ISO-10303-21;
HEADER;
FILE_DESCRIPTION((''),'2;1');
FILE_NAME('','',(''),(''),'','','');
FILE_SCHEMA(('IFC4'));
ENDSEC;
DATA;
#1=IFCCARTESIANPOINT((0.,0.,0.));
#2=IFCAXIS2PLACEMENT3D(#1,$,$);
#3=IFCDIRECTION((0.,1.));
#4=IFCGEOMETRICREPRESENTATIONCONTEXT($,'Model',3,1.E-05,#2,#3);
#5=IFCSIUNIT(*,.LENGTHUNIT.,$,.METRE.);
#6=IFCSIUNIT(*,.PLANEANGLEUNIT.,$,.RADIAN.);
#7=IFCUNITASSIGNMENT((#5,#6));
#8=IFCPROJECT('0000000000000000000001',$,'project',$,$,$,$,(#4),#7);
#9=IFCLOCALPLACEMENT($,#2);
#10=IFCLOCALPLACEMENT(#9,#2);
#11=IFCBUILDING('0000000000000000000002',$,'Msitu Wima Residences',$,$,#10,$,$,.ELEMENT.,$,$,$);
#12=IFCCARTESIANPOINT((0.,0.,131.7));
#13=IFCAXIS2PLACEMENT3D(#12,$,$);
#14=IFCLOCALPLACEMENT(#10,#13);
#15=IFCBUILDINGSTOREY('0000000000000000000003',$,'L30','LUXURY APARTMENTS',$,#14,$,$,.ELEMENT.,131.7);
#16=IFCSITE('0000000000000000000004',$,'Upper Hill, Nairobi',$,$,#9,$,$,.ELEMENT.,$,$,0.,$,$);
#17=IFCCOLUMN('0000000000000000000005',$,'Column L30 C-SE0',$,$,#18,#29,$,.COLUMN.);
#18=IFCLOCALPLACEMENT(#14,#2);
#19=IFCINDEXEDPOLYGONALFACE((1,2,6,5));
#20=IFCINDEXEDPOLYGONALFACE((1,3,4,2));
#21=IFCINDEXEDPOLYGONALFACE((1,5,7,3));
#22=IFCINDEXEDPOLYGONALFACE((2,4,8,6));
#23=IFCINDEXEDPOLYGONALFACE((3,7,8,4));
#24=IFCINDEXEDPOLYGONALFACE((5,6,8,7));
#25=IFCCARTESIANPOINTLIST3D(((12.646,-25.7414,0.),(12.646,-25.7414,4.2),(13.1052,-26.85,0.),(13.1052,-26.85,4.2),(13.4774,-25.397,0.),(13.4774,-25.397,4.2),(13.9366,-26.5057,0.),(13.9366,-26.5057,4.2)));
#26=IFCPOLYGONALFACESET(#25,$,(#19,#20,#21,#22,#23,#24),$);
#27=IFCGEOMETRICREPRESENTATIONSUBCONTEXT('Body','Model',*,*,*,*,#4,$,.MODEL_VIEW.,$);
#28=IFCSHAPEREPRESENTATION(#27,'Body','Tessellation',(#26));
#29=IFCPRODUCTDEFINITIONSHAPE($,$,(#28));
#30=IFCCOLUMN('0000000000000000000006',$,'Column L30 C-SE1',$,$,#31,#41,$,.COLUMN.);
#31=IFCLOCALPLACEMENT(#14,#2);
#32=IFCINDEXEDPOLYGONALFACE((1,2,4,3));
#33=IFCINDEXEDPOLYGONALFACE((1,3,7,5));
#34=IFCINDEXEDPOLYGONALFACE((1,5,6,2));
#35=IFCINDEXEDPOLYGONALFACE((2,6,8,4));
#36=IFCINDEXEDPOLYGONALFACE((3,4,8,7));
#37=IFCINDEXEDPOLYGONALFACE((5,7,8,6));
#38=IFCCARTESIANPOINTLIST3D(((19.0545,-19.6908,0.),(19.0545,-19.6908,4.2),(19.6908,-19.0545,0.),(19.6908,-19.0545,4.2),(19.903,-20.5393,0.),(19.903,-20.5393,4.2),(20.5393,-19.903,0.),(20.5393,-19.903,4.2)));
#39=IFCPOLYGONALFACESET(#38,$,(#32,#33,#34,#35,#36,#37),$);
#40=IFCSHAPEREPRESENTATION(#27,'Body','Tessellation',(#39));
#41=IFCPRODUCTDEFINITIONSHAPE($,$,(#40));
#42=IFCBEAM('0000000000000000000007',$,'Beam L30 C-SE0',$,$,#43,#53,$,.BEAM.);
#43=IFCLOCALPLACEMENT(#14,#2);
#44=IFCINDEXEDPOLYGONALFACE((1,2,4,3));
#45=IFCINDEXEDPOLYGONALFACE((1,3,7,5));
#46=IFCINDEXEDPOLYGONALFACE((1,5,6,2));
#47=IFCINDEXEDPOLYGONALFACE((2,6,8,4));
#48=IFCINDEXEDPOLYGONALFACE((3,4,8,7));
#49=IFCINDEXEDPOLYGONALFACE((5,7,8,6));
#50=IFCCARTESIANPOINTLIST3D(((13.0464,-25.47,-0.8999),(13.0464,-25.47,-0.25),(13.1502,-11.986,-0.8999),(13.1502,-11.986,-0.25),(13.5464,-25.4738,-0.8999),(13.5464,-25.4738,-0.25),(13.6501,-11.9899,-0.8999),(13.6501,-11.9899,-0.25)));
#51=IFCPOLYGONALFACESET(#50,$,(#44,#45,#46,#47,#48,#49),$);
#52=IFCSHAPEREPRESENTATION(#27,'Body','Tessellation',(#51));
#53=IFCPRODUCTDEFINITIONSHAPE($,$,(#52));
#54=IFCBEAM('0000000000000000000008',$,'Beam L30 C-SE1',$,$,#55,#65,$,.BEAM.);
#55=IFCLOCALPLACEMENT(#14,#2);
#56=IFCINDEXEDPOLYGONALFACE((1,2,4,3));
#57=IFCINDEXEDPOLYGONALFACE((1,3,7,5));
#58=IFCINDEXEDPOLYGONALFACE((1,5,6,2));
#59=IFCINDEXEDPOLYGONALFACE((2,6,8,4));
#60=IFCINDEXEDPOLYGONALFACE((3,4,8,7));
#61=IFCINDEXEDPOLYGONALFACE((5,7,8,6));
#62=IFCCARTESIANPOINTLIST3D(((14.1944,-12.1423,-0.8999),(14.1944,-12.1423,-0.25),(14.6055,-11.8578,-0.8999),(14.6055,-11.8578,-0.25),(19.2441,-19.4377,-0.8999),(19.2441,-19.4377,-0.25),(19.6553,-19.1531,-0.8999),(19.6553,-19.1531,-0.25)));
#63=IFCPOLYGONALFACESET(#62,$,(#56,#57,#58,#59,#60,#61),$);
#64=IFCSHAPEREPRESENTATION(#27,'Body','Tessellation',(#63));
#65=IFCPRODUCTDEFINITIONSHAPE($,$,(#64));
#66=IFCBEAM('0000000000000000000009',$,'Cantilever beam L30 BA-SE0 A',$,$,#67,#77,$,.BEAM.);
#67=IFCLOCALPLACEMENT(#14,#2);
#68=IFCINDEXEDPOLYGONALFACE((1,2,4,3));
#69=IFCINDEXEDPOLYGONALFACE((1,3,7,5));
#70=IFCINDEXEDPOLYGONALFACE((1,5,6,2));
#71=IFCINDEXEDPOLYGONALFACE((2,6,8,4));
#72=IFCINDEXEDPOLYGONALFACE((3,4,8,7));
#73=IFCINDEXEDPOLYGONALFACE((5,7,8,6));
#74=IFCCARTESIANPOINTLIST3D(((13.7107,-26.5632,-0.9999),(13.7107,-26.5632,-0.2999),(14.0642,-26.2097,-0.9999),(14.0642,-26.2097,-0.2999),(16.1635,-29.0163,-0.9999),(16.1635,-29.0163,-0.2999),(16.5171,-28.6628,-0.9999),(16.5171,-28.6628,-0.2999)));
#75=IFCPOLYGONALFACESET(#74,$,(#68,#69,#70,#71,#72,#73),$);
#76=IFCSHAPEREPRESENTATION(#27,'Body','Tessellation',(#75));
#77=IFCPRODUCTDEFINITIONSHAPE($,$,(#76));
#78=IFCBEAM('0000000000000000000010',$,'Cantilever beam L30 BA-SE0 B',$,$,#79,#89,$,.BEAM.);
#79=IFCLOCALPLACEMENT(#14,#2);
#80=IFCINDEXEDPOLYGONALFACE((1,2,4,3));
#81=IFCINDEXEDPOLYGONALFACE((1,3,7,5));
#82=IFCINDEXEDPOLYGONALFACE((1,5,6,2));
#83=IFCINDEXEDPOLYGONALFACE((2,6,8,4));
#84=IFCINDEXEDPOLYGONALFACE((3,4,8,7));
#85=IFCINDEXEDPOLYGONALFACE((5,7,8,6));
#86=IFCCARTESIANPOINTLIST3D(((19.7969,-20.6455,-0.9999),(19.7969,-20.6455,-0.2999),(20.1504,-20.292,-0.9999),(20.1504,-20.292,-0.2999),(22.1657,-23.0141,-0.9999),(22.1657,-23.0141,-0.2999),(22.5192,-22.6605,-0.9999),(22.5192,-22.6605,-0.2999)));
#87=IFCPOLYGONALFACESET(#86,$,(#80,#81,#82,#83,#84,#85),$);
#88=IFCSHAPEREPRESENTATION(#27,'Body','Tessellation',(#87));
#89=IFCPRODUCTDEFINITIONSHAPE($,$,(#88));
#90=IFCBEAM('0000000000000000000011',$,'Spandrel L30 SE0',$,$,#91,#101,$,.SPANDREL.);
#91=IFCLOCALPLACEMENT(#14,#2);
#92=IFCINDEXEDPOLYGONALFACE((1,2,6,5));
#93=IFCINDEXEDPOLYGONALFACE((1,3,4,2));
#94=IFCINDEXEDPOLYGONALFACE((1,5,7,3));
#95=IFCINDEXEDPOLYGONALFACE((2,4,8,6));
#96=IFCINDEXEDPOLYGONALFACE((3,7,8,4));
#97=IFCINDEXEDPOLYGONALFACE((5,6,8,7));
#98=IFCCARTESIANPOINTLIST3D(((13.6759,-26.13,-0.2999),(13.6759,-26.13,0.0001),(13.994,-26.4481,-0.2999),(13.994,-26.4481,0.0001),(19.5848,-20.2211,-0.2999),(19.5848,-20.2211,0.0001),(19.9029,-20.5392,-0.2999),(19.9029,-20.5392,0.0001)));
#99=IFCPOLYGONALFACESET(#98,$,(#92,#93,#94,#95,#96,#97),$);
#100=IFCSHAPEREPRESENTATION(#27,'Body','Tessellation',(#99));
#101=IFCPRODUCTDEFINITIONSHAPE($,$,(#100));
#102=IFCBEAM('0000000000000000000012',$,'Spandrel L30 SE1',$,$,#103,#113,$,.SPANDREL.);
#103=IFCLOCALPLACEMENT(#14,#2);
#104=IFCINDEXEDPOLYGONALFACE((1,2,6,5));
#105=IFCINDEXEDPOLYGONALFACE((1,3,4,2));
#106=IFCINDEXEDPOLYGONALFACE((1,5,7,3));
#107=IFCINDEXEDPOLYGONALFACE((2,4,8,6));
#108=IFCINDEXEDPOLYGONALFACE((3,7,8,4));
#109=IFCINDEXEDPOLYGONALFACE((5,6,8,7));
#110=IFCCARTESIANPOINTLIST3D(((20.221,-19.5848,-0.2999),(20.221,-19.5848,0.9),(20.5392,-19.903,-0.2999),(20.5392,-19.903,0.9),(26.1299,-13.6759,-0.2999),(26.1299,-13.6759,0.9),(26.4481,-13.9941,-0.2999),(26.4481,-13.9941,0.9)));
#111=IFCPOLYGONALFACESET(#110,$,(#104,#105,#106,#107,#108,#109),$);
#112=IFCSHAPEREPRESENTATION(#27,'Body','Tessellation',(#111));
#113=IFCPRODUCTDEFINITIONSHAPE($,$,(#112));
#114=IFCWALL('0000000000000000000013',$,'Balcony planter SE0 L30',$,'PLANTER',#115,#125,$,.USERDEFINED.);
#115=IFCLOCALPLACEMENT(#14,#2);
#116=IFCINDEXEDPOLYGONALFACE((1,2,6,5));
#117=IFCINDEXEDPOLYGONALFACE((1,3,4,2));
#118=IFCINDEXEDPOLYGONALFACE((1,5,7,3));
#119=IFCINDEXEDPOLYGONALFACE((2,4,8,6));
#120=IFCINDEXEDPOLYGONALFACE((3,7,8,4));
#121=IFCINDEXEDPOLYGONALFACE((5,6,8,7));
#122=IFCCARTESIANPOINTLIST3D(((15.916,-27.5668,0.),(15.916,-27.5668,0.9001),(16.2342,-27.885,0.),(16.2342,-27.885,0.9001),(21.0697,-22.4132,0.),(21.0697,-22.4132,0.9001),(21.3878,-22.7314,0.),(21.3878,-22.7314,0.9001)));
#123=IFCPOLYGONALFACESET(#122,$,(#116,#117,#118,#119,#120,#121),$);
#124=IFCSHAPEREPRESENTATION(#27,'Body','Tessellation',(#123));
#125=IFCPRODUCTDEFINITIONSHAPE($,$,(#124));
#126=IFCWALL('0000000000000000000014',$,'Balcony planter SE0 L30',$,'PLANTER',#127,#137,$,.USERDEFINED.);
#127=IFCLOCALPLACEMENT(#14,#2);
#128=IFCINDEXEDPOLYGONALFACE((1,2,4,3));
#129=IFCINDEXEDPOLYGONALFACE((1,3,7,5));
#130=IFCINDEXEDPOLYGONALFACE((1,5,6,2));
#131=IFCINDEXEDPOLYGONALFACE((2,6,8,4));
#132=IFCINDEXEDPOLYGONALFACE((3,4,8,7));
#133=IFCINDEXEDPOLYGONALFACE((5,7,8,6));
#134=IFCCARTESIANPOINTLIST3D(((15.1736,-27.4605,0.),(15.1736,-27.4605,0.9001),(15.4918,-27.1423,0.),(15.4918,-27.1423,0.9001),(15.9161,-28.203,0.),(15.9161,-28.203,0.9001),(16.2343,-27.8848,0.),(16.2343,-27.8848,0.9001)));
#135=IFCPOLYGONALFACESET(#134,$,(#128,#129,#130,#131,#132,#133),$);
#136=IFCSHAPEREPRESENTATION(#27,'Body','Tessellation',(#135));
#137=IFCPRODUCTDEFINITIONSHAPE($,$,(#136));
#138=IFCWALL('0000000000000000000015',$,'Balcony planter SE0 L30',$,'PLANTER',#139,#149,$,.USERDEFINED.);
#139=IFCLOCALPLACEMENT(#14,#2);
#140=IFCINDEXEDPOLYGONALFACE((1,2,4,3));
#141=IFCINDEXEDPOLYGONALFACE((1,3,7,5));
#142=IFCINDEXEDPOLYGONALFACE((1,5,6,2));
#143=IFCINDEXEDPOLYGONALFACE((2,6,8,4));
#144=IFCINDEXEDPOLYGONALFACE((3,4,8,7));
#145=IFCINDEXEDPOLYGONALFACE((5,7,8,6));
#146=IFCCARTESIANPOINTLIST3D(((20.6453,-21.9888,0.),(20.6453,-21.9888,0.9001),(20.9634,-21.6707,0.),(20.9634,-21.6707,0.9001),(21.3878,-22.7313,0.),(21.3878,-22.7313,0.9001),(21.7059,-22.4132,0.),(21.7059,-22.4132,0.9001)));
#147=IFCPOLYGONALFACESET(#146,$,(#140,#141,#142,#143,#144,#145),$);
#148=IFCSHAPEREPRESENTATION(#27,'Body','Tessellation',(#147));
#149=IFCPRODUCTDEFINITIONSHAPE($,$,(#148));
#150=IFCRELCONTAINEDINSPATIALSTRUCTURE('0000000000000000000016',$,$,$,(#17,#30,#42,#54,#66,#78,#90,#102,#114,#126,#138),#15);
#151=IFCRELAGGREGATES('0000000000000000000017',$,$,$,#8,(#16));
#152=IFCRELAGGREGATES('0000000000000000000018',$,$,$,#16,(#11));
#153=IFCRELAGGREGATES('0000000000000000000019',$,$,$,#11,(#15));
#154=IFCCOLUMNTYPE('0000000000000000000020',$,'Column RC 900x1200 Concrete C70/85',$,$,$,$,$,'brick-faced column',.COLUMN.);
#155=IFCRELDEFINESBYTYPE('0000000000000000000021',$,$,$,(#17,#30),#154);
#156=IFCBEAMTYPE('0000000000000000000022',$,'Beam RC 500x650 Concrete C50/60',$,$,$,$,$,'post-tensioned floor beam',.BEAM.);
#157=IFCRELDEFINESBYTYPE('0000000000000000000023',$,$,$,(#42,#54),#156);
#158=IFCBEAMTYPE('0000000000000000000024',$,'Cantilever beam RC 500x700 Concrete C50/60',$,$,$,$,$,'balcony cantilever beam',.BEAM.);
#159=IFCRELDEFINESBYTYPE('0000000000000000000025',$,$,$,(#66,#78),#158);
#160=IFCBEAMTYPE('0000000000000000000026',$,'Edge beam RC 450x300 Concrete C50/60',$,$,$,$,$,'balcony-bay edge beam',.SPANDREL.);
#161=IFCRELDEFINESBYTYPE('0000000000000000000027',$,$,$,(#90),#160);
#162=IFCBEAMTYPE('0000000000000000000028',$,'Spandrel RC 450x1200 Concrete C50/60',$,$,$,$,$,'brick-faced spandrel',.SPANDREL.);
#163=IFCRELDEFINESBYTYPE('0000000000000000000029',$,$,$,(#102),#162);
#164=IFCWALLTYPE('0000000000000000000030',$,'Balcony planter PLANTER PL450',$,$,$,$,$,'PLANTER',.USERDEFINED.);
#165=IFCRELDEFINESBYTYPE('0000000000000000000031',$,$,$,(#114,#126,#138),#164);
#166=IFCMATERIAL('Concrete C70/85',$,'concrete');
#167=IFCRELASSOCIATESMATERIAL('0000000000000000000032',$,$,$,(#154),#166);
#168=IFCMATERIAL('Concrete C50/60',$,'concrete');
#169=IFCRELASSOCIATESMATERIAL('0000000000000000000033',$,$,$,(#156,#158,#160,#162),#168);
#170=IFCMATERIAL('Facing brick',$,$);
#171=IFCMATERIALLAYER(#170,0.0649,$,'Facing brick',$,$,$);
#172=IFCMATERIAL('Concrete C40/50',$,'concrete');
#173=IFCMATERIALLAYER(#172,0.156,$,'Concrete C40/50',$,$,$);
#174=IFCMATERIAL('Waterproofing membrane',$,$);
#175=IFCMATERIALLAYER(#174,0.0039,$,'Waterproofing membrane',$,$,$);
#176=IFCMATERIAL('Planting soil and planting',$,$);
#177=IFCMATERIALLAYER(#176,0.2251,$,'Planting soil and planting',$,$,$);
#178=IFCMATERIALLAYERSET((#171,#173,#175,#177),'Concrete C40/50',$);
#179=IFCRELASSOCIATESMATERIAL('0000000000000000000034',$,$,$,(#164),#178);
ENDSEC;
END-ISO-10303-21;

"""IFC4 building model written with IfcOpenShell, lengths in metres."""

from ifc_helpers import new_model, si_unit, direction, frame, frame_2d, origin, origin_2d, place, context, subcontext, project, spatial, rectangle, extrude, material, layer, layer_set, material_profile, profile_set, type_object, element, save


model = new_model("IFC4")

# Units and contexts
model_context = context("Model", 3, precision=1e-05, world=origin(), true_north=direction((0.0, 1.0)))
body_context = subcontext(model_context, "Body", "Model", "MODEL_VIEW")
ifc_project = project(units=[si_unit("LENGTHUNIT", "METRE"), si_unit("PLANEANGLEUNIT", "RADIAN")], contexts=[model_context])

# Site, building, storey
site_placement = place(None, origin())
site = spatial("IfcSite", under=ifc_project, at=site_placement, Name="Upper Hill, Nairobi", CompositionType="ELEMENT", RefElevation=0.0)
building_placement = place(site_placement, origin())
building = spatial("IfcBuilding", under=site, at=building_placement, Name="Msitu Wima Residences", CompositionType="ELEMENT")
storey_placement = place(building_placement, frame((0.0, 0.0, 131.7)))
storey = spatial("IfcBuildingStorey", under=building, at=storey_placement, Name="L30", Description="LUXURY APARTMENTS", CompositionType="ELEMENT", Elevation=131.7)

# Columns
ifc_material_1 = material(Name="Concrete C70/85", Category="concrete")
ifc_material_profile_1 = material_profile(ifc_material_1, rectangle(XDim=0.8999, YDim=1.2, at=origin_2d()), Name="RC 900x1200")
ifc_profile_set_1 = profile_set([ifc_material_profile_1], Name="Concrete C70/85")
column_type = type_object("IfcColumnType", Name="Column RC 900x1200 Concrete C70/85", ElementType="brick-faced column", PredefinedType="COLUMN", material=ifc_profile_set_1)
for number, where, z_axis, x_axis, name in (
    (1, (13.2913, -26.1235, 0.0), (0.0, 0.0, 1.0), (0.92388, 0.382683, 0.0), "Column L30 C-SE0"),
    (2, (19.7969, -19.7969, 0.0), (0.0, 0.0, 1.0), (0.707107, 0.707107, 0.0), "Column L30 C-SE1"),
):
    element("IfcColumn", number, at=place(storey_placement, frame(where, z_axis=z_axis, x_axis=x_axis)), inside=storey, type_object=column_type, Name=name, PredefinedType="COLUMN", context=body_context, shape_type="SweptSolid", body=[
        extrude(rectangle(XDim=0.8999, YDim=1.2, at=origin_2d()), origin(), (0.0, 0.0, 1.0), 4.2),
    ])

# Beams
ifc_material_2 = material(Name="Concrete C50/60", Category="concrete")
ifc_material_profile_2 = material_profile(ifc_material_2, rectangle(XDim=0.5, YDim=0.6499, at=origin_2d()), Name="RC 500x650")
ifc_profile_set_2 = profile_set([ifc_material_profile_2], Name="Concrete C50/60")
beam_type_1 = type_object("IfcBeamType", Name="Beam RC 500x650 Concrete C50/60", ElementType="post-tensioned floor beam", PredefinedType="BEAM", material=ifc_profile_set_2)
beam_1_placement = place(storey_placement, frame((13.2964, -25.4719, -0.575), z_axis=(0.007695, 0.99997, 0.0), x_axis=(-0.99997, 0.007695, 0.0)))
element("IfcBeam", 3, at=beam_1_placement, inside=storey, type_object=beam_type_1, Name="Beam L30 C-SE0", PredefinedType="BEAM", context=body_context, shape_type="SweptSolid", body=[
    extrude(rectangle(XDim=0.5, YDim=0.6499, at=origin_2d()), origin(), (0.0, 0.0, 1.0), 13.4844),
])
beam_2_placement = place(storey_placement, frame((19.4497, -19.2954, -0.575), z_axis=(-0.569144, 0.822238, 0.0), x_axis=(-0.822238, -0.569144, 0.0)))
element("IfcBeam", 4, at=beam_2_placement, inside=storey, type_object=beam_type_1, Name="Beam L30 C-SE1", PredefinedType="BEAM", context=body_context, shape_type="SweptSolid", body=[
    extrude(rectangle(XDim=0.5, YDim=0.6499, at=origin_2d()), origin(), (0.0, 0.0, 1.0), 8.8726),
])
ifc_material_profile_3 = material_profile(ifc_material_2, rectangle(XDim=0.5, YDim=0.7, at=origin_2d()), Name="RC 500x700")
ifc_profile_set_3 = profile_set([ifc_material_profile_3], Name="Concrete C50/60")
beam_type_2 = type_object("IfcBeamType", Name="Cantilever beam RC 500x700 Concrete C50/60", ElementType="balcony cantilever beam", PredefinedType="BEAM", material=ifc_profile_set_3)
beam_3_placement = place(storey_placement, frame((13.8875, -26.3865, -0.6499), z_axis=(0.707072, -0.707142, 0.0), x_axis=(0.707142, 0.707072, 0.0)))
element("IfcBeam", 5, at=beam_3_placement, inside=storey, type_object=beam_type_2, Name="Cantilever beam L30 BA-SE0 A", PredefinedType="BEAM", context=body_context, shape_type="SweptSolid", body=[
    extrude(rectangle(XDim=0.5, YDim=0.7, at=origin_2d()), origin(), (0.0, 0.0, 1.0), 3.469),
])
beam_4_placement = place(storey_placement, frame((19.9736, -20.4688, -0.6499), z_axis=(0.707143, -0.70707, 0.0), x_axis=(0.70707, 0.707143, 0.0)))
element("IfcBeam", 6, at=beam_4_placement, inside=storey, type_object=beam_type_2, Name="Cantilever beam L30 BA-SE0 B", PredefinedType="BEAM", context=body_context, shape_type="SweptSolid", body=[
    extrude(rectangle(XDim=0.5, YDim=0.7, at=origin_2d()), origin(), (0.0, 0.0, 1.0), 3.3499),
])
ifc_material_profile_4 = material_profile(ifc_material_2, rectangle(XDim=0.45, YDim=0.3, at=origin_2d()), Name="RC 450x300")
ifc_profile_set_4 = profile_set([ifc_material_profile_4], Name="Concrete C50/60")
beam_type_3 = type_object("IfcBeamType", Name="Edge beam RC 450x300 Concrete C50/60", ElementType="balcony-bay edge beam", PredefinedType="SPANDREL", material=ifc_profile_set_4)
beam_5_placement = place(storey_placement, frame((13.835, -26.2891, -0.1499), z_axis=(0.707107, 0.707107, 0.0), x_axis=(-0.707107, 0.707107, 0.0)))
element("IfcBeam", 7, at=beam_5_placement, inside=storey, type_object=beam_type_3, Name="Spandrel L30 SE0", PredefinedType="SPANDREL", context=body_context, shape_type="SweptSolid", body=[
    extrude(rectangle(XDim=0.45, YDim=0.3, at=origin_2d()), origin(), (0.0, 0.0, 1.0), 8.3564),
])
ifc_material_profile_5 = material_profile(ifc_material_2, rectangle(XDim=0.45, YDim=1.2, at=origin_2d()), Name="RC 450x1200")
ifc_profile_set_5 = profile_set([ifc_material_profile_5], Name="Concrete C50/60")
beam_type_4 = type_object("IfcBeamType", Name="Spandrel RC 450x1200 Concrete C50/60", ElementType="brick-faced spandrel", PredefinedType="SPANDREL", material=ifc_profile_set_5)
beam_6_placement = place(storey_placement, frame((20.3801, -19.7439, 0.3), z_axis=(0.707107, 0.707107, 0.0), x_axis=(-0.707107, 0.707107, 0.0)))
element("IfcBeam", 8, at=beam_6_placement, inside=storey, type_object=beam_type_4, Name="Spandrel L30 SE1", PredefinedType="SPANDREL", context=body_context, shape_type="SweptSolid", body=[
    extrude(rectangle(XDim=0.45, YDim=1.2, at=origin_2d()), origin(), (0.0, 0.0, 1.0), 8.3564),
])

# Walls
ifc_material_3 = material(Name="Facing brick")
ifc_layer_1 = layer(ifc_material_3, 0.0649, Name="Facing brick")
ifc_material_4 = material(Name="Concrete C40/50", Category="concrete")
ifc_layer_2 = layer(ifc_material_4, 0.156, Name="Concrete C40/50")
ifc_material_5 = material(Name="Waterproofing membrane")
ifc_layer_3 = layer(ifc_material_5, 0.0039, Name="Waterproofing membrane")
ifc_material_6 = material(Name="Planting soil and planting")
ifc_layer_4 = layer(ifc_material_6, 0.2251, Name="Planting soil and planting")
ifc_layer_set_1 = layer_set([ifc_layer_1, ifc_layer_2, ifc_layer_3, ifc_layer_4], Name="Concrete C40/50")
wall_type_1 = type_object("IfcWallType", Name="Balcony planter PLANTER PL450", ElementType="PLANTER", PredefinedType="USERDEFINED", material=ifc_layer_set_1)
wall_1_placement = place(storey_placement, frame((16.0752, -27.7258, 0.0), z_axis=(0.0, 0.0, 1.0), x_axis=(0.707107, 0.707107, 0.0)))
element("IfcWall", 9, at=wall_1_placement, inside=storey, type_object=wall_type_1, Name="Balcony planter SE0 L30", ObjectType="PLANTER", PredefinedType="USERDEFINED", context=body_context, shape_type="SweptSolid", body=[
    extrude(rectangle(XDim=7.2883, YDim=0.45, at=frame_2d((3.644, 0.0))), origin(), (0.0, 0.0, 1.0), 0.9001),
])
for number, where, z_axis, x_axis, name in (
    (10, (15.3328, -27.3015, 0.0), (0.0, 0.0, 1.0), (0.707107, -0.707107, 0.0), "Balcony planter SE0 L30"),
    (11, (20.8044, -21.8298, 0.0), (0.0, 0.0, 1.0), (0.707107, -0.707107, 0.0), "Balcony planter SE0 L30"),
):
    element("IfcWall", number, at=place(storey_placement, frame(where, z_axis=z_axis, x_axis=x_axis)), inside=storey, type_object=wall_type_1, Name=name, ObjectType="PLANTER", PredefinedType="USERDEFINED", context=body_context, shape_type="SweptSolid", body=[
        extrude(rectangle(XDim=1.05, YDim=0.45, at=frame_2d((0.5249, 0.0))), origin(), (0.0, 0.0, 1.0), 0.9001),
    ])

save(model, "model.ifc")
